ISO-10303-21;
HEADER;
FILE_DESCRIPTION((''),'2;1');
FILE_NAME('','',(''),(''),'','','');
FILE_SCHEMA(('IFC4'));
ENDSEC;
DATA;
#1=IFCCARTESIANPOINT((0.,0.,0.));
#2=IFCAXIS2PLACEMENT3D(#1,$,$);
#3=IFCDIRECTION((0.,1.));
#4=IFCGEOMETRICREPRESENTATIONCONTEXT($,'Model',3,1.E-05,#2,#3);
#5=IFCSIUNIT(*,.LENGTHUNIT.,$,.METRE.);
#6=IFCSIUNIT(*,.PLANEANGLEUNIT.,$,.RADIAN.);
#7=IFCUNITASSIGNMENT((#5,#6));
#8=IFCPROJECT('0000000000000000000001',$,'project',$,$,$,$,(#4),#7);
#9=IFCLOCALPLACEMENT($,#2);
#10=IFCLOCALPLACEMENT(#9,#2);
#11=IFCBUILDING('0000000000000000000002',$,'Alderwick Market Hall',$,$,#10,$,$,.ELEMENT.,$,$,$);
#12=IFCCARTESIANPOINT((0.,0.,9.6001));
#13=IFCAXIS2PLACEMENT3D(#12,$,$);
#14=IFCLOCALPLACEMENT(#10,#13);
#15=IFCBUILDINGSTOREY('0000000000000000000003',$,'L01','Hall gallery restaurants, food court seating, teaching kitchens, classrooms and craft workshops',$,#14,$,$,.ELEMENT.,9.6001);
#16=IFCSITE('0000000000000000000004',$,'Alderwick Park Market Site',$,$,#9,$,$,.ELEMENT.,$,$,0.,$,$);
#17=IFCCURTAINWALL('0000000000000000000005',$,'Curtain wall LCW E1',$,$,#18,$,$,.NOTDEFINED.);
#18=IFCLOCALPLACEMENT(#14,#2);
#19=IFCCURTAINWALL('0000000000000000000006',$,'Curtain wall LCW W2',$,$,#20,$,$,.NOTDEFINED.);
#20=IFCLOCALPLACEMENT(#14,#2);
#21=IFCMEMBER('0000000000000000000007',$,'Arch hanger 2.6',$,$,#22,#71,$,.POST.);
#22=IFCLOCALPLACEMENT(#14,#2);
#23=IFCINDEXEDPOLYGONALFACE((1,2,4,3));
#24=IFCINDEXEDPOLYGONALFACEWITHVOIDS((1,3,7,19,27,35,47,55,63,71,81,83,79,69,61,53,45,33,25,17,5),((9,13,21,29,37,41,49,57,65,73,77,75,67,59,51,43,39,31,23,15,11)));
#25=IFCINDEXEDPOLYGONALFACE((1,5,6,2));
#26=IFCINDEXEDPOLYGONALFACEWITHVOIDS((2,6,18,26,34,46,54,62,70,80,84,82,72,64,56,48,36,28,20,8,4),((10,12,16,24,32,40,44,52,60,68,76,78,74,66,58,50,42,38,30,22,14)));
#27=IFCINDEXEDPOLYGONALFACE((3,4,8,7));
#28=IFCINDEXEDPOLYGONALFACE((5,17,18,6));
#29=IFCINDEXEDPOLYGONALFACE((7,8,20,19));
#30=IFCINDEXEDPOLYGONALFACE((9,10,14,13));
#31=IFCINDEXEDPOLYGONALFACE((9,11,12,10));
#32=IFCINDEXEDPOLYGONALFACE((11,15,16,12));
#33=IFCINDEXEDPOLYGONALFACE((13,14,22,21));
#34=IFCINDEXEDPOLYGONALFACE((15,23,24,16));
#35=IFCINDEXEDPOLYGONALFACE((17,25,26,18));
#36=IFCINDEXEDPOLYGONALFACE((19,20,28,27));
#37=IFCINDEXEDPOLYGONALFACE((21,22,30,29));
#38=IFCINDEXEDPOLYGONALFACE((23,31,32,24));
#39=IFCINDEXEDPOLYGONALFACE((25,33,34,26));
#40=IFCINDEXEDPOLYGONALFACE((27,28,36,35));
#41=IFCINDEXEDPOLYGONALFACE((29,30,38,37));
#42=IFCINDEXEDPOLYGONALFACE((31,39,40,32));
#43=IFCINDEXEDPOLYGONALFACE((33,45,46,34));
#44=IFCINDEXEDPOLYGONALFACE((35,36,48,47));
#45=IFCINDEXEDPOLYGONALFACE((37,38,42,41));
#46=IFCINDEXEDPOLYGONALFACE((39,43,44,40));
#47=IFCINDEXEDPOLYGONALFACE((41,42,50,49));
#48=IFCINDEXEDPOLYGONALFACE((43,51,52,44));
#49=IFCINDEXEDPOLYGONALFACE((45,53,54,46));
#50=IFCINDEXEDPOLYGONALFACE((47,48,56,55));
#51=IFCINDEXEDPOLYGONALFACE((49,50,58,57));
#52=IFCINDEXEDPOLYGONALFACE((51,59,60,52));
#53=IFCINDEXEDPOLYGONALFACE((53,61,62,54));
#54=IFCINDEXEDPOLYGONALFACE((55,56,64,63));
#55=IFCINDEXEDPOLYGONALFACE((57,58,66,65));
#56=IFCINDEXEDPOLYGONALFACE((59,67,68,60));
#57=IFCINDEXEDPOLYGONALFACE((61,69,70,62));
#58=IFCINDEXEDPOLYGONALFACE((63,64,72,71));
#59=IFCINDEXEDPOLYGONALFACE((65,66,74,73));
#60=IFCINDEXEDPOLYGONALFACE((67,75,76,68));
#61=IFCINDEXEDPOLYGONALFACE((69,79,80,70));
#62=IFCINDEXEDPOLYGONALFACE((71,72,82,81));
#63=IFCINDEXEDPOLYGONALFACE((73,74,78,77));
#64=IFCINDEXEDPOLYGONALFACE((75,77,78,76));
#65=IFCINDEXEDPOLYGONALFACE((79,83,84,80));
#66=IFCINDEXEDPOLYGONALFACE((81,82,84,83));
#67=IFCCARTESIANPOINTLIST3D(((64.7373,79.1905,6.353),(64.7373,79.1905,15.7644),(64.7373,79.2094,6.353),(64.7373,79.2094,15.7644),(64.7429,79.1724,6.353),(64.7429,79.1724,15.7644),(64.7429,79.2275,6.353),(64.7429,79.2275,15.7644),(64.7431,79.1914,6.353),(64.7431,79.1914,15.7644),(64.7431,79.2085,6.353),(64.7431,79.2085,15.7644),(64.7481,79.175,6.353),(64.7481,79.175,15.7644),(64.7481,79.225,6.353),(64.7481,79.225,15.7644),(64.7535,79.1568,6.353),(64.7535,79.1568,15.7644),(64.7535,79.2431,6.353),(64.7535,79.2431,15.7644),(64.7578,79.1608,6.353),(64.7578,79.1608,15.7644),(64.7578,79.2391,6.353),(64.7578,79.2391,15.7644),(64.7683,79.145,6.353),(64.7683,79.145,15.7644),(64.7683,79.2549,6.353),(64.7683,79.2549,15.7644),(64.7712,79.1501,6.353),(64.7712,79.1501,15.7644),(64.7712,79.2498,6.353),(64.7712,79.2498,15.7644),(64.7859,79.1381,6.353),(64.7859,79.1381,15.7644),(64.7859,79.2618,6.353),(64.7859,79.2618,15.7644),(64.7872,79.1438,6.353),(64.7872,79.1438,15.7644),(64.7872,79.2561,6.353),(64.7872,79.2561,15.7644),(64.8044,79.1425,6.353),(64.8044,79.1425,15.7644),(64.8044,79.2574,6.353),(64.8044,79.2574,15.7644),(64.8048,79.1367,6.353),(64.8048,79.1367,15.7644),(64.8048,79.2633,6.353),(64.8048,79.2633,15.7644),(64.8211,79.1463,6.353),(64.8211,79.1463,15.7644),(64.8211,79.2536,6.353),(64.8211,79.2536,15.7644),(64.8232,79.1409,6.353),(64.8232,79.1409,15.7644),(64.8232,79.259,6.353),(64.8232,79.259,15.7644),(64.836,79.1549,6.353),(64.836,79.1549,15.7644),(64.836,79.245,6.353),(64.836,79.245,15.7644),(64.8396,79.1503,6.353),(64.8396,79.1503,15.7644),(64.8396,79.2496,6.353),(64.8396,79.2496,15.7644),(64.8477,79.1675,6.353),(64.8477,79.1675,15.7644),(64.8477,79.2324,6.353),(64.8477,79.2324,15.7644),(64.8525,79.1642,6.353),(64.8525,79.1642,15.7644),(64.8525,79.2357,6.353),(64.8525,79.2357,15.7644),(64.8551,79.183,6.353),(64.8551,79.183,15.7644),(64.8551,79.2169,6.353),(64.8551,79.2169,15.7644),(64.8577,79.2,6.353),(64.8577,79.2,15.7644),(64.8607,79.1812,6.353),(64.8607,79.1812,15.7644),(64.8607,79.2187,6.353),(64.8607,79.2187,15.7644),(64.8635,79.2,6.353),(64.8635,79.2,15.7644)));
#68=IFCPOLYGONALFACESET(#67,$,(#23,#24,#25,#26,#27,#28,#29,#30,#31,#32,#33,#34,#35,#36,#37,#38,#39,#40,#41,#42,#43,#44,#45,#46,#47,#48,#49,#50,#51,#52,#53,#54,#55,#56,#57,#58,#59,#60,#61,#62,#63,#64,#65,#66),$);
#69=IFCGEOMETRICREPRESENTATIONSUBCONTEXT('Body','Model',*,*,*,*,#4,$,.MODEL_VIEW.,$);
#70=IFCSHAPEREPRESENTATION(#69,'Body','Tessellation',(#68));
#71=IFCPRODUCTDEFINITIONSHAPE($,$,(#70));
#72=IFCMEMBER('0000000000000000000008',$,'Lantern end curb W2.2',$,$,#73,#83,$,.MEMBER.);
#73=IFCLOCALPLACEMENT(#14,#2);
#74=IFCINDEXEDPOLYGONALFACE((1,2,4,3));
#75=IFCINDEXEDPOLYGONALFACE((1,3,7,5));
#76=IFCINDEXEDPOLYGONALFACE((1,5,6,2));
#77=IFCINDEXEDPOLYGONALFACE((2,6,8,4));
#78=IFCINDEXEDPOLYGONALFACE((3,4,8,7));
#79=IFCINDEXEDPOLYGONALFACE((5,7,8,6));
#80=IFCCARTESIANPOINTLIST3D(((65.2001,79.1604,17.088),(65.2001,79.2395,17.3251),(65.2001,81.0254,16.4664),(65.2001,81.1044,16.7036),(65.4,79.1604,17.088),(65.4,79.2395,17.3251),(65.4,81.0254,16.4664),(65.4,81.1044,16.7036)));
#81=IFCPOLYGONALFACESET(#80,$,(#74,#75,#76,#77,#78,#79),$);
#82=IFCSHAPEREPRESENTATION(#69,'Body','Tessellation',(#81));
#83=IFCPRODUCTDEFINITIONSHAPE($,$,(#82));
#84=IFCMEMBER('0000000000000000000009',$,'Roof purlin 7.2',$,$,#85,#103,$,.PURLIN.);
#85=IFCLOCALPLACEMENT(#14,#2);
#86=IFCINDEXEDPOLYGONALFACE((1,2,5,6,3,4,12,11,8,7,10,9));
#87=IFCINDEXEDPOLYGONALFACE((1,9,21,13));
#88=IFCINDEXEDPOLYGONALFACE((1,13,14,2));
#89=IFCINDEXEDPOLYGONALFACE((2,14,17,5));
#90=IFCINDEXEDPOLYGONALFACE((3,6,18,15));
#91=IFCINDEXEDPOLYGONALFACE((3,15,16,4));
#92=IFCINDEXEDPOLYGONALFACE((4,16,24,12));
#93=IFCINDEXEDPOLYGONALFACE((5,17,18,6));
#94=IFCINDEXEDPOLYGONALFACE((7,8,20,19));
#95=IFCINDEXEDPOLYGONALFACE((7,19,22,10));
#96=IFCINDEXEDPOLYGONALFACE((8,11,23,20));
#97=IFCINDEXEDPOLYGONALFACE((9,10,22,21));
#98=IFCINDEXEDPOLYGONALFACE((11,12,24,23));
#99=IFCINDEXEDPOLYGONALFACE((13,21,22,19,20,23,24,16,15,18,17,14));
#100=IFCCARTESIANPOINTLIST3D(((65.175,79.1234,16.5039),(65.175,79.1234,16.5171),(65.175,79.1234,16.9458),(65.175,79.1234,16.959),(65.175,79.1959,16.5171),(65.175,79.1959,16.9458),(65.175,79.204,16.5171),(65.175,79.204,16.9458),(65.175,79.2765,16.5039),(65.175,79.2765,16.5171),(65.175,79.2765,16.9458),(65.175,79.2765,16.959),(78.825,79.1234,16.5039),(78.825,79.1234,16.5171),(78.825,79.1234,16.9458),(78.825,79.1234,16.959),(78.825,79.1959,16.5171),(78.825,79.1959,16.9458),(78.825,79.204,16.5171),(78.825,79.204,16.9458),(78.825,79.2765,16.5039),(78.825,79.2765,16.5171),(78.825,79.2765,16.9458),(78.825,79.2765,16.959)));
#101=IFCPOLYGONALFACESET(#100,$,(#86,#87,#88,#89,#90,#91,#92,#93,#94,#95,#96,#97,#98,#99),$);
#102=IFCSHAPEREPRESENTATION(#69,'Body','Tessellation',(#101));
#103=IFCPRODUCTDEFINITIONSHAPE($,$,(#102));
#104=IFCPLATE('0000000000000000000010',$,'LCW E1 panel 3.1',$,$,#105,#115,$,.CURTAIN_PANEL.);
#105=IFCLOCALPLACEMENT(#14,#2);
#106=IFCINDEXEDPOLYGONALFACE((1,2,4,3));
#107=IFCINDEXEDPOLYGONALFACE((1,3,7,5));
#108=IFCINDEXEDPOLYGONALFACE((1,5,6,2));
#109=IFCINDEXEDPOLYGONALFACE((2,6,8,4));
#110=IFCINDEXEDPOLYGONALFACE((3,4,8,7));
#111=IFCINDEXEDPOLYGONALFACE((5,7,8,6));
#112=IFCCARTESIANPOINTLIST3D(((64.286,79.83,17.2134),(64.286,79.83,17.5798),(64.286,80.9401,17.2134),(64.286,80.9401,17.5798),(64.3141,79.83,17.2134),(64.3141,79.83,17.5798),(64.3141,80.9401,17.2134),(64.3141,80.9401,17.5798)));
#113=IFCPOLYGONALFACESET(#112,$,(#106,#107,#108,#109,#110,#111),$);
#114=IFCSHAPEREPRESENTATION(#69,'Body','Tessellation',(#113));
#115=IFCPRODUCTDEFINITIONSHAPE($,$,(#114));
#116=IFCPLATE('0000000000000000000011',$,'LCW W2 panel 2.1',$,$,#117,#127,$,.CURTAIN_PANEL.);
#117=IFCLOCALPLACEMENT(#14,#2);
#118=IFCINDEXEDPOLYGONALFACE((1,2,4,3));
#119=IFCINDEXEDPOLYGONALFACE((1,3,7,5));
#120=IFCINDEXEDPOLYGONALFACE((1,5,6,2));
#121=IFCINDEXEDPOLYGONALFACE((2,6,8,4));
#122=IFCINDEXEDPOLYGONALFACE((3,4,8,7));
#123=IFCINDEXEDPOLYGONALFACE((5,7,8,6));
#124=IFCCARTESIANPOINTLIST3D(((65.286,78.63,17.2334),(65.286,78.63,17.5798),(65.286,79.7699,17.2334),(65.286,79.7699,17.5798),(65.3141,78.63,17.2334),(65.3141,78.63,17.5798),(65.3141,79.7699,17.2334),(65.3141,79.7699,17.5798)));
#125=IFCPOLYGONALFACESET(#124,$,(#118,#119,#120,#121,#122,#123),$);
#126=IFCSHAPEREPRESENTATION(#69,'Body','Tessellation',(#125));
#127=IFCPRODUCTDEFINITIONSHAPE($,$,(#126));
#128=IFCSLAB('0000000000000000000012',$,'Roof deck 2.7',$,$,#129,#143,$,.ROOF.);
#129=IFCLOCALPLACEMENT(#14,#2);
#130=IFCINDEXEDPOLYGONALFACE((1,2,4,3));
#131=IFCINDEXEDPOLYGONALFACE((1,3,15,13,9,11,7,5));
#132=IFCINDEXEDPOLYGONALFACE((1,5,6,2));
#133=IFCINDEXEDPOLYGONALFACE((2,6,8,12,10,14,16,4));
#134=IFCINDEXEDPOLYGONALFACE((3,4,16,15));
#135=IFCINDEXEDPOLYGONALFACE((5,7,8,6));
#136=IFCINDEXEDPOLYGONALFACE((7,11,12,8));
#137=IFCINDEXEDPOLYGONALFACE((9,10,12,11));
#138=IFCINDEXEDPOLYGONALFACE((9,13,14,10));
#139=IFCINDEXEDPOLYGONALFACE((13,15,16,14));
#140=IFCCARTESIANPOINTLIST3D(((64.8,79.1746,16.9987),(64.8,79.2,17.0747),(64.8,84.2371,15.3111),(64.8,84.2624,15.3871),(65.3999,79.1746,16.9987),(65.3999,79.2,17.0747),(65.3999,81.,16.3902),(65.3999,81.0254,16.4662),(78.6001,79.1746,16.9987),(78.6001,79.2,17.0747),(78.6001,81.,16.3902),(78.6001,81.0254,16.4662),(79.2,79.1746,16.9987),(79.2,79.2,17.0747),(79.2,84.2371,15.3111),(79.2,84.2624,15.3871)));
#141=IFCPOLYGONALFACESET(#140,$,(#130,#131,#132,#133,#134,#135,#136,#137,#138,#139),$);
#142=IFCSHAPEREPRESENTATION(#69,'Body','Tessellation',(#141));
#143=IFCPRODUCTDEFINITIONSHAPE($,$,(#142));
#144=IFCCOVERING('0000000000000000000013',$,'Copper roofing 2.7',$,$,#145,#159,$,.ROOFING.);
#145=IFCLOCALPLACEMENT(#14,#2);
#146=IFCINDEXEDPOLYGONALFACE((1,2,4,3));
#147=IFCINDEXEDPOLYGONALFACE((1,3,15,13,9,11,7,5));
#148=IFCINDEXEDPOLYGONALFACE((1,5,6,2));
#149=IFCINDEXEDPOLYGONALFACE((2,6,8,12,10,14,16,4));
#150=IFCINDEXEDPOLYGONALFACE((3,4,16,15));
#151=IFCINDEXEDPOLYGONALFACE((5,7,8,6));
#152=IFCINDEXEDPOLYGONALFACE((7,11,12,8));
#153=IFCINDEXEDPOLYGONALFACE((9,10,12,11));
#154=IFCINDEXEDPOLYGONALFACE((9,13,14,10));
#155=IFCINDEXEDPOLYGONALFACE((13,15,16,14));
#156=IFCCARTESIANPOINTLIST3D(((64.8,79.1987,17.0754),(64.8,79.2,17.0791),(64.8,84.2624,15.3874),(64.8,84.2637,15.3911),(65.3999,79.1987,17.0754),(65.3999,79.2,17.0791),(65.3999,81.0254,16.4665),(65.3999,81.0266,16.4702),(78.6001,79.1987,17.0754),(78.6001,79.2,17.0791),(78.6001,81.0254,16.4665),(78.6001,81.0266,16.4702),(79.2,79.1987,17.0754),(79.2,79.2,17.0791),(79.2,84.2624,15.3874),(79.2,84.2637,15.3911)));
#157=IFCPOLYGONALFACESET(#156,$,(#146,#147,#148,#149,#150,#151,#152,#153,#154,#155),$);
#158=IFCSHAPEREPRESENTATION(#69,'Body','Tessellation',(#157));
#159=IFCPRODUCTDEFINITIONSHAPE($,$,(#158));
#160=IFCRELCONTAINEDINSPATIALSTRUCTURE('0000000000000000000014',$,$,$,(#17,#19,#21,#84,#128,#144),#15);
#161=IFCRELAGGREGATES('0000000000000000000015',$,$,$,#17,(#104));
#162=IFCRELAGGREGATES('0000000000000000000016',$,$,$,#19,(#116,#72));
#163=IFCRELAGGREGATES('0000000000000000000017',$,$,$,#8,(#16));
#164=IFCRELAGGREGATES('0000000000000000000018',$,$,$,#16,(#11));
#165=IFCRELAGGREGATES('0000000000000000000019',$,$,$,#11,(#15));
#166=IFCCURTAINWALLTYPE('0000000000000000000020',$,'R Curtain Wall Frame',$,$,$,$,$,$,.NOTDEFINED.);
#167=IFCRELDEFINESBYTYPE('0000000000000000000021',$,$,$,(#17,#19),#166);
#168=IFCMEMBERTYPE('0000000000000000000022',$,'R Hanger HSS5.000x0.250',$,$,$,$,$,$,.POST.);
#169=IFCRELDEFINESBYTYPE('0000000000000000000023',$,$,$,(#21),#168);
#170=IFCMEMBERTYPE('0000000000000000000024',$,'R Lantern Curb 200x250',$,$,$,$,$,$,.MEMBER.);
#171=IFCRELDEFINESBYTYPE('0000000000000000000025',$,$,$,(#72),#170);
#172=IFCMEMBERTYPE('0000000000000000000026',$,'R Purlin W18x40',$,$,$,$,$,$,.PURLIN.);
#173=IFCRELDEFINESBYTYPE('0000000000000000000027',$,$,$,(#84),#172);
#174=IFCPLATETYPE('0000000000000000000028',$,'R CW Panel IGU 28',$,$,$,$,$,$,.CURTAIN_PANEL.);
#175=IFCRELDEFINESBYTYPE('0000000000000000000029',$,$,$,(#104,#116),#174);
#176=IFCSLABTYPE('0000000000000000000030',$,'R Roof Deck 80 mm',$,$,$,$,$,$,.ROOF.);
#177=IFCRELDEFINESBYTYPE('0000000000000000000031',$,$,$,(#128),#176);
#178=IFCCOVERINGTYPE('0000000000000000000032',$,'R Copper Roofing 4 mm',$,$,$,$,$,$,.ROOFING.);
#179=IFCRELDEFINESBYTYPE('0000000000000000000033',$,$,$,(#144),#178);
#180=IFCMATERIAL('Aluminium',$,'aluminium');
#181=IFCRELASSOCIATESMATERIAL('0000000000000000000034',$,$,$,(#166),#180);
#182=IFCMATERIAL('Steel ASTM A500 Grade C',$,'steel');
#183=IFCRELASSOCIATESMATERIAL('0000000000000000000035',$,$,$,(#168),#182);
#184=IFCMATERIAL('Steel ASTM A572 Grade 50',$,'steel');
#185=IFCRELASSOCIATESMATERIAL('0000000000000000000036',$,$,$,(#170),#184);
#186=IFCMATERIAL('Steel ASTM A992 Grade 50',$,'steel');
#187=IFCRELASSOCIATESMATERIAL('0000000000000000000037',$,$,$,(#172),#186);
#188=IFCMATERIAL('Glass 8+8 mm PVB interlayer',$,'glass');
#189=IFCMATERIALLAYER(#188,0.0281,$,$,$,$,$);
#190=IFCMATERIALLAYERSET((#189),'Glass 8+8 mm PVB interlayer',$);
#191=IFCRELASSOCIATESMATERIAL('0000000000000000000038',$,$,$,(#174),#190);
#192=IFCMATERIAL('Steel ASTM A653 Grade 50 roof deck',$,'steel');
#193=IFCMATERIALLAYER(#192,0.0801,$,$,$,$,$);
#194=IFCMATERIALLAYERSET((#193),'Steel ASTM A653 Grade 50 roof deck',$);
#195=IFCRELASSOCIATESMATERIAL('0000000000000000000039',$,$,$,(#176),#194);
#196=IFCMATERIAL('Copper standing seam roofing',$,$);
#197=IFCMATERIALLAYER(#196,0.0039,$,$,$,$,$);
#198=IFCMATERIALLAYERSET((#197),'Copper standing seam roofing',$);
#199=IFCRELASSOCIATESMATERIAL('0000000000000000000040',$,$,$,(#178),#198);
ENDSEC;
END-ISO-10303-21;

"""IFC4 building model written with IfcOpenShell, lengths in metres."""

from ifc_helpers import new_model, si_unit, direction, frame, origin, origin_2d, place, context, subcontext, project, spatial, polyline, rectangle, hollow_circle, i_section, outline, extrude, material, layer, layer_set, material_profile, profile_set, type_object, element, aggregate, save


model = new_model("IFC4")

# Units and contexts
model_context = context("Model", 3, precision=1e-05, world=origin(), true_north=direction((0.0, 1.0)))
body_context = subcontext(model_context, "Body", "Model", "MODEL_VIEW")
ifc_project = project(units=[si_unit("LENGTHUNIT", "METRE"), si_unit("PLANEANGLEUNIT", "RADIAN")], contexts=[model_context])

# Site, building, storey
site_placement = place(None, origin())
site = spatial("IfcSite", under=ifc_project, at=site_placement, Name="Alderwick Park Market Site", CompositionType="ELEMENT", RefElevation=0.0)
building_placement = place(site_placement, origin())
building = spatial("IfcBuilding", under=site, at=building_placement, Name="Alderwick Market Hall", CompositionType="ELEMENT")
storey_placement = place(building_placement, frame((0.0, 0.0, 9.6001)))
storey = spatial("IfcBuildingStorey", under=building, at=storey_placement, Name="L01", Description="Hall gallery restaurants, food court seating, teaching kitchens, classrooms and craft workshops", CompositionType="ELEMENT", Elevation=9.6001)

# Shared definitions
ifc_material_1 = material(Name="Aluminium", Category="aluminium")
curtain_wall_type = type_object("IfcCurtainWallType", Name="R Curtain Wall Frame", PredefinedType="NOTDEFINED", material=ifc_material_1)

# Curtain wall
curtain_wall_1_placement = place(storey_placement, origin())
curtain_wall_1 = element("IfcCurtainWall", 1, at=curtain_wall_1_placement, inside=storey, type_object=curtain_wall_type, Name="Curtain wall LCW E1", PredefinedType="NOTDEFINED")

# Curtain wall
curtain_wall_2_placement = place(storey_placement, origin())
curtain_wall_2 = element("IfcCurtainWall", 2, at=curtain_wall_2_placement, inside=storey, type_object=curtain_wall_type, Name="Curtain wall LCW W2", PredefinedType="NOTDEFINED")

# Member
ifc_material_2 = material(Name="Steel ASTM A500 Grade C", Category="steel")
ifc_material_profile_1 = material_profile(ifc_material_2, hollow_circle(Radius=0.0635, WallThickness=0.0059, at=origin_2d()), Name="HSS5.000x0.250")
ifc_profile_set_1 = profile_set([ifc_material_profile_1], Name="Steel ASTM A500 Grade C")
member_type_1 = type_object("IfcMemberType", Name="R Hanger HSS5.000x0.250", PredefinedType="POST", material=ifc_profile_set_1)
member_1_placement = place(storey_placement, frame((64.8, 79.2, 6.353), z_axis=(0.0, 0.0, 1.0), x_axis=(1.0, 0.0, 0.0)))
element("IfcMember", 3, at=member_1_placement, inside=storey, type_object=member_type_1, Name="Arch hanger 2.6", PredefinedType="POST", context=body_context, shape_type="SweptSolid", body=[
    extrude(hollow_circle(Radius=0.0635, WallThickness=0.0059, at=origin_2d()), origin(), (0.0, 0.0, 1.0), 9.4114),
])

# Members
ifc_material_3 = material(Name="Steel ASTM A572 Grade 50", Category="steel")
ifc_material_profile_2 = material_profile(ifc_material_3, rectangle(XDim=0.2, YDim=0.25, at=origin_2d()), Name="Steel plate curb 200x250")
ifc_profile_set_2 = profile_set([ifc_material_profile_2], Name="Steel ASTM A572 Grade 50")
member_type_2 = type_object("IfcMemberType", Name="R Lantern Curb 200x250", PredefinedType="MEMBER", material=ifc_profile_set_2)
member_2_placement = place(storey_placement, frame((65.3, 79.2, 17.2065), z_axis=(0.0, 0.948696, -0.316191), x_axis=(-1.0, 0.0, 0.0)))
member_2 = element("IfcMember", 4, at=member_2_placement, type_object=member_type_2, Name="Lantern end curb W2.2", PredefinedType="MEMBER", context=body_context, shape_type="SweptSolid", body=[
    extrude(rectangle(XDim=0.2, YDim=0.25, at=origin_2d()), origin(), (0.0, 0.0, 1.0), 1.9658),
])
ifc_material_4 = material(Name="Steel ASTM A992 Grade 50", Category="steel")
ifc_material_profile_3 = material_profile(ifc_material_4, i_section(OverallWidth=0.1531, OverallDepth=0.4551, WebThickness=0.0081, FlangeThickness=0.0132, at=origin_2d()), Name="W18x40")
ifc_profile_set_3 = profile_set([ifc_material_profile_3], Name="Steel ASTM A992 Grade 50")
member_type_3 = type_object("IfcMemberType", Name="R Purlin W18x40", PredefinedType="PURLIN", material=ifc_profile_set_3)
member_3_placement = place(storey_placement, frame((65.175, 79.2, 16.7314), z_axis=(1.0, 0.0, 0.0), x_axis=(0.0, 1.0, 0.0)))
element("IfcMember", 5, at=member_3_placement, inside=storey, type_object=member_type_3, Name="Roof purlin 7.2", PredefinedType="PURLIN", context=body_context, shape_type="SweptSolid", body=[
    extrude(i_section(OverallWidth=0.1531, OverallDepth=0.4551, WebThickness=0.0081, FlangeThickness=0.0132, at=origin_2d()), origin(), (0.0, 0.0, 1.0), 13.6499),
])

# Plates
ifc_material_5 = material(Name="Glass 8+8 mm PVB interlayer", Category="glass")
ifc_layer_1 = layer(ifc_material_5, 0.0281)
ifc_layer_set_1 = layer_set([ifc_layer_1], Name="Glass 8+8 mm PVB interlayer")
plate_type = type_object("IfcPlateType", Name="R CW Panel IGU 28", PredefinedType="CURTAIN_PANEL", material=ifc_layer_set_1)
plate_1_placement = place(storey_placement, frame((64.3, 80.385, 17.2134), z_axis=(0.0, 0.0, 1.0), x_axis=(1.0, 0.0, 0.0)))
plate_1 = element("IfcPlate", 6, at=plate_1_placement, type_object=plate_type, Name="LCW E1 panel 3.1", PredefinedType="CURTAIN_PANEL", context=body_context, shape_type="SweptSolid", body=[
    extrude(rectangle(XDim=0.0281, YDim=1.1101, at=origin_2d()), origin(), (0.0, 0.0, 1.0), 0.3665),
])
aggregate(curtain_wall_1, [plate_1])
plate_2_placement = place(storey_placement, frame((65.3, 79.2, 17.2334), z_axis=(0.0, 0.0, 1.0), x_axis=(1.0, 0.0, 0.0)))
plate_2 = element("IfcPlate", 7, at=plate_2_placement, type_object=plate_type, Name="LCW W2 panel 2.1", PredefinedType="CURTAIN_PANEL", context=body_context, shape_type="SweptSolid", body=[
    extrude(rectangle(XDim=0.0281, YDim=1.1399, at=origin_2d()), origin(), (0.0, 0.0, 1.0), 0.3464),
])
aggregate(curtain_wall_2, [plate_2, member_2])

# Slab
ifc_material_6 = material(Name="Steel ASTM A653 Grade 50 roof deck", Category="steel")
ifc_layer_2 = layer(ifc_material_6, 0.0801)
ifc_layer_set_2 = layer_set([ifc_layer_2], Name="Steel ASTM A653 Grade 50 roof deck")
slab_type = type_object("IfcSlabType", Name="R Roof Deck 80 mm", PredefinedType="ROOF", material=ifc_layer_set_2)
slab_placement = place(storey_placement, frame((64.8, 79.2, 17.0747), z_axis=(0.0, 0.316247, 0.948677), x_axis=(1.0, 0.0, 0.0)))
element("IfcSlab", 8, at=slab_placement, inside=storey, type_object=slab_type, Name="Roof deck 2.7", PredefinedType="ROOF", context=body_context, shape_type="SweptSolid", body=[
    extrude(outline(polyline([(0.0, 0.0), (0.5999, 0.0), (0.5999, 1.9242), (13.8, 1.9242), (13.8, 0.0), (14.3999, 0.0), (14.3999, 5.3363), (0.0, 5.3363), (0.0, 0.0)])), origin(), (0.0, 0.0, -1.0), 0.0801),
])

# Covering
ifc_material_7 = material(Name="Copper standing seam roofing")
ifc_layer_3 = layer(ifc_material_7, 0.0039)
ifc_layer_set_3 = layer_set([ifc_layer_3], Name="Copper standing seam roofing")
covering_type = type_object("IfcCoveringType", Name="R Copper Roofing 4 mm", PredefinedType="ROOFING", material=ifc_layer_set_3)
covering_placement = place(storey_placement, frame((64.8, 79.2, 17.0791), z_axis=(0.0, 0.316248, 0.948676), x_axis=(1.0, 0.0, 0.0)))
element("IfcCovering", 9, at=covering_placement, inside=storey, type_object=covering_type, Name="Copper roofing 2.7", PredefinedType="ROOFING", context=body_context, shape_type="SweptSolid", body=[
    extrude(outline(polyline([(0.0, 0.0), (0.5999, 0.0), (0.5999, 1.9255), (13.8, 1.9255), (13.8, 0.0), (14.3999, 0.0), (14.3999, 5.3377), (0.0, 5.3377), (0.0, 0.0)])), origin(), (0.0, 0.0, -1.0), 0.0039),
])

save(model, "model.ifc")
